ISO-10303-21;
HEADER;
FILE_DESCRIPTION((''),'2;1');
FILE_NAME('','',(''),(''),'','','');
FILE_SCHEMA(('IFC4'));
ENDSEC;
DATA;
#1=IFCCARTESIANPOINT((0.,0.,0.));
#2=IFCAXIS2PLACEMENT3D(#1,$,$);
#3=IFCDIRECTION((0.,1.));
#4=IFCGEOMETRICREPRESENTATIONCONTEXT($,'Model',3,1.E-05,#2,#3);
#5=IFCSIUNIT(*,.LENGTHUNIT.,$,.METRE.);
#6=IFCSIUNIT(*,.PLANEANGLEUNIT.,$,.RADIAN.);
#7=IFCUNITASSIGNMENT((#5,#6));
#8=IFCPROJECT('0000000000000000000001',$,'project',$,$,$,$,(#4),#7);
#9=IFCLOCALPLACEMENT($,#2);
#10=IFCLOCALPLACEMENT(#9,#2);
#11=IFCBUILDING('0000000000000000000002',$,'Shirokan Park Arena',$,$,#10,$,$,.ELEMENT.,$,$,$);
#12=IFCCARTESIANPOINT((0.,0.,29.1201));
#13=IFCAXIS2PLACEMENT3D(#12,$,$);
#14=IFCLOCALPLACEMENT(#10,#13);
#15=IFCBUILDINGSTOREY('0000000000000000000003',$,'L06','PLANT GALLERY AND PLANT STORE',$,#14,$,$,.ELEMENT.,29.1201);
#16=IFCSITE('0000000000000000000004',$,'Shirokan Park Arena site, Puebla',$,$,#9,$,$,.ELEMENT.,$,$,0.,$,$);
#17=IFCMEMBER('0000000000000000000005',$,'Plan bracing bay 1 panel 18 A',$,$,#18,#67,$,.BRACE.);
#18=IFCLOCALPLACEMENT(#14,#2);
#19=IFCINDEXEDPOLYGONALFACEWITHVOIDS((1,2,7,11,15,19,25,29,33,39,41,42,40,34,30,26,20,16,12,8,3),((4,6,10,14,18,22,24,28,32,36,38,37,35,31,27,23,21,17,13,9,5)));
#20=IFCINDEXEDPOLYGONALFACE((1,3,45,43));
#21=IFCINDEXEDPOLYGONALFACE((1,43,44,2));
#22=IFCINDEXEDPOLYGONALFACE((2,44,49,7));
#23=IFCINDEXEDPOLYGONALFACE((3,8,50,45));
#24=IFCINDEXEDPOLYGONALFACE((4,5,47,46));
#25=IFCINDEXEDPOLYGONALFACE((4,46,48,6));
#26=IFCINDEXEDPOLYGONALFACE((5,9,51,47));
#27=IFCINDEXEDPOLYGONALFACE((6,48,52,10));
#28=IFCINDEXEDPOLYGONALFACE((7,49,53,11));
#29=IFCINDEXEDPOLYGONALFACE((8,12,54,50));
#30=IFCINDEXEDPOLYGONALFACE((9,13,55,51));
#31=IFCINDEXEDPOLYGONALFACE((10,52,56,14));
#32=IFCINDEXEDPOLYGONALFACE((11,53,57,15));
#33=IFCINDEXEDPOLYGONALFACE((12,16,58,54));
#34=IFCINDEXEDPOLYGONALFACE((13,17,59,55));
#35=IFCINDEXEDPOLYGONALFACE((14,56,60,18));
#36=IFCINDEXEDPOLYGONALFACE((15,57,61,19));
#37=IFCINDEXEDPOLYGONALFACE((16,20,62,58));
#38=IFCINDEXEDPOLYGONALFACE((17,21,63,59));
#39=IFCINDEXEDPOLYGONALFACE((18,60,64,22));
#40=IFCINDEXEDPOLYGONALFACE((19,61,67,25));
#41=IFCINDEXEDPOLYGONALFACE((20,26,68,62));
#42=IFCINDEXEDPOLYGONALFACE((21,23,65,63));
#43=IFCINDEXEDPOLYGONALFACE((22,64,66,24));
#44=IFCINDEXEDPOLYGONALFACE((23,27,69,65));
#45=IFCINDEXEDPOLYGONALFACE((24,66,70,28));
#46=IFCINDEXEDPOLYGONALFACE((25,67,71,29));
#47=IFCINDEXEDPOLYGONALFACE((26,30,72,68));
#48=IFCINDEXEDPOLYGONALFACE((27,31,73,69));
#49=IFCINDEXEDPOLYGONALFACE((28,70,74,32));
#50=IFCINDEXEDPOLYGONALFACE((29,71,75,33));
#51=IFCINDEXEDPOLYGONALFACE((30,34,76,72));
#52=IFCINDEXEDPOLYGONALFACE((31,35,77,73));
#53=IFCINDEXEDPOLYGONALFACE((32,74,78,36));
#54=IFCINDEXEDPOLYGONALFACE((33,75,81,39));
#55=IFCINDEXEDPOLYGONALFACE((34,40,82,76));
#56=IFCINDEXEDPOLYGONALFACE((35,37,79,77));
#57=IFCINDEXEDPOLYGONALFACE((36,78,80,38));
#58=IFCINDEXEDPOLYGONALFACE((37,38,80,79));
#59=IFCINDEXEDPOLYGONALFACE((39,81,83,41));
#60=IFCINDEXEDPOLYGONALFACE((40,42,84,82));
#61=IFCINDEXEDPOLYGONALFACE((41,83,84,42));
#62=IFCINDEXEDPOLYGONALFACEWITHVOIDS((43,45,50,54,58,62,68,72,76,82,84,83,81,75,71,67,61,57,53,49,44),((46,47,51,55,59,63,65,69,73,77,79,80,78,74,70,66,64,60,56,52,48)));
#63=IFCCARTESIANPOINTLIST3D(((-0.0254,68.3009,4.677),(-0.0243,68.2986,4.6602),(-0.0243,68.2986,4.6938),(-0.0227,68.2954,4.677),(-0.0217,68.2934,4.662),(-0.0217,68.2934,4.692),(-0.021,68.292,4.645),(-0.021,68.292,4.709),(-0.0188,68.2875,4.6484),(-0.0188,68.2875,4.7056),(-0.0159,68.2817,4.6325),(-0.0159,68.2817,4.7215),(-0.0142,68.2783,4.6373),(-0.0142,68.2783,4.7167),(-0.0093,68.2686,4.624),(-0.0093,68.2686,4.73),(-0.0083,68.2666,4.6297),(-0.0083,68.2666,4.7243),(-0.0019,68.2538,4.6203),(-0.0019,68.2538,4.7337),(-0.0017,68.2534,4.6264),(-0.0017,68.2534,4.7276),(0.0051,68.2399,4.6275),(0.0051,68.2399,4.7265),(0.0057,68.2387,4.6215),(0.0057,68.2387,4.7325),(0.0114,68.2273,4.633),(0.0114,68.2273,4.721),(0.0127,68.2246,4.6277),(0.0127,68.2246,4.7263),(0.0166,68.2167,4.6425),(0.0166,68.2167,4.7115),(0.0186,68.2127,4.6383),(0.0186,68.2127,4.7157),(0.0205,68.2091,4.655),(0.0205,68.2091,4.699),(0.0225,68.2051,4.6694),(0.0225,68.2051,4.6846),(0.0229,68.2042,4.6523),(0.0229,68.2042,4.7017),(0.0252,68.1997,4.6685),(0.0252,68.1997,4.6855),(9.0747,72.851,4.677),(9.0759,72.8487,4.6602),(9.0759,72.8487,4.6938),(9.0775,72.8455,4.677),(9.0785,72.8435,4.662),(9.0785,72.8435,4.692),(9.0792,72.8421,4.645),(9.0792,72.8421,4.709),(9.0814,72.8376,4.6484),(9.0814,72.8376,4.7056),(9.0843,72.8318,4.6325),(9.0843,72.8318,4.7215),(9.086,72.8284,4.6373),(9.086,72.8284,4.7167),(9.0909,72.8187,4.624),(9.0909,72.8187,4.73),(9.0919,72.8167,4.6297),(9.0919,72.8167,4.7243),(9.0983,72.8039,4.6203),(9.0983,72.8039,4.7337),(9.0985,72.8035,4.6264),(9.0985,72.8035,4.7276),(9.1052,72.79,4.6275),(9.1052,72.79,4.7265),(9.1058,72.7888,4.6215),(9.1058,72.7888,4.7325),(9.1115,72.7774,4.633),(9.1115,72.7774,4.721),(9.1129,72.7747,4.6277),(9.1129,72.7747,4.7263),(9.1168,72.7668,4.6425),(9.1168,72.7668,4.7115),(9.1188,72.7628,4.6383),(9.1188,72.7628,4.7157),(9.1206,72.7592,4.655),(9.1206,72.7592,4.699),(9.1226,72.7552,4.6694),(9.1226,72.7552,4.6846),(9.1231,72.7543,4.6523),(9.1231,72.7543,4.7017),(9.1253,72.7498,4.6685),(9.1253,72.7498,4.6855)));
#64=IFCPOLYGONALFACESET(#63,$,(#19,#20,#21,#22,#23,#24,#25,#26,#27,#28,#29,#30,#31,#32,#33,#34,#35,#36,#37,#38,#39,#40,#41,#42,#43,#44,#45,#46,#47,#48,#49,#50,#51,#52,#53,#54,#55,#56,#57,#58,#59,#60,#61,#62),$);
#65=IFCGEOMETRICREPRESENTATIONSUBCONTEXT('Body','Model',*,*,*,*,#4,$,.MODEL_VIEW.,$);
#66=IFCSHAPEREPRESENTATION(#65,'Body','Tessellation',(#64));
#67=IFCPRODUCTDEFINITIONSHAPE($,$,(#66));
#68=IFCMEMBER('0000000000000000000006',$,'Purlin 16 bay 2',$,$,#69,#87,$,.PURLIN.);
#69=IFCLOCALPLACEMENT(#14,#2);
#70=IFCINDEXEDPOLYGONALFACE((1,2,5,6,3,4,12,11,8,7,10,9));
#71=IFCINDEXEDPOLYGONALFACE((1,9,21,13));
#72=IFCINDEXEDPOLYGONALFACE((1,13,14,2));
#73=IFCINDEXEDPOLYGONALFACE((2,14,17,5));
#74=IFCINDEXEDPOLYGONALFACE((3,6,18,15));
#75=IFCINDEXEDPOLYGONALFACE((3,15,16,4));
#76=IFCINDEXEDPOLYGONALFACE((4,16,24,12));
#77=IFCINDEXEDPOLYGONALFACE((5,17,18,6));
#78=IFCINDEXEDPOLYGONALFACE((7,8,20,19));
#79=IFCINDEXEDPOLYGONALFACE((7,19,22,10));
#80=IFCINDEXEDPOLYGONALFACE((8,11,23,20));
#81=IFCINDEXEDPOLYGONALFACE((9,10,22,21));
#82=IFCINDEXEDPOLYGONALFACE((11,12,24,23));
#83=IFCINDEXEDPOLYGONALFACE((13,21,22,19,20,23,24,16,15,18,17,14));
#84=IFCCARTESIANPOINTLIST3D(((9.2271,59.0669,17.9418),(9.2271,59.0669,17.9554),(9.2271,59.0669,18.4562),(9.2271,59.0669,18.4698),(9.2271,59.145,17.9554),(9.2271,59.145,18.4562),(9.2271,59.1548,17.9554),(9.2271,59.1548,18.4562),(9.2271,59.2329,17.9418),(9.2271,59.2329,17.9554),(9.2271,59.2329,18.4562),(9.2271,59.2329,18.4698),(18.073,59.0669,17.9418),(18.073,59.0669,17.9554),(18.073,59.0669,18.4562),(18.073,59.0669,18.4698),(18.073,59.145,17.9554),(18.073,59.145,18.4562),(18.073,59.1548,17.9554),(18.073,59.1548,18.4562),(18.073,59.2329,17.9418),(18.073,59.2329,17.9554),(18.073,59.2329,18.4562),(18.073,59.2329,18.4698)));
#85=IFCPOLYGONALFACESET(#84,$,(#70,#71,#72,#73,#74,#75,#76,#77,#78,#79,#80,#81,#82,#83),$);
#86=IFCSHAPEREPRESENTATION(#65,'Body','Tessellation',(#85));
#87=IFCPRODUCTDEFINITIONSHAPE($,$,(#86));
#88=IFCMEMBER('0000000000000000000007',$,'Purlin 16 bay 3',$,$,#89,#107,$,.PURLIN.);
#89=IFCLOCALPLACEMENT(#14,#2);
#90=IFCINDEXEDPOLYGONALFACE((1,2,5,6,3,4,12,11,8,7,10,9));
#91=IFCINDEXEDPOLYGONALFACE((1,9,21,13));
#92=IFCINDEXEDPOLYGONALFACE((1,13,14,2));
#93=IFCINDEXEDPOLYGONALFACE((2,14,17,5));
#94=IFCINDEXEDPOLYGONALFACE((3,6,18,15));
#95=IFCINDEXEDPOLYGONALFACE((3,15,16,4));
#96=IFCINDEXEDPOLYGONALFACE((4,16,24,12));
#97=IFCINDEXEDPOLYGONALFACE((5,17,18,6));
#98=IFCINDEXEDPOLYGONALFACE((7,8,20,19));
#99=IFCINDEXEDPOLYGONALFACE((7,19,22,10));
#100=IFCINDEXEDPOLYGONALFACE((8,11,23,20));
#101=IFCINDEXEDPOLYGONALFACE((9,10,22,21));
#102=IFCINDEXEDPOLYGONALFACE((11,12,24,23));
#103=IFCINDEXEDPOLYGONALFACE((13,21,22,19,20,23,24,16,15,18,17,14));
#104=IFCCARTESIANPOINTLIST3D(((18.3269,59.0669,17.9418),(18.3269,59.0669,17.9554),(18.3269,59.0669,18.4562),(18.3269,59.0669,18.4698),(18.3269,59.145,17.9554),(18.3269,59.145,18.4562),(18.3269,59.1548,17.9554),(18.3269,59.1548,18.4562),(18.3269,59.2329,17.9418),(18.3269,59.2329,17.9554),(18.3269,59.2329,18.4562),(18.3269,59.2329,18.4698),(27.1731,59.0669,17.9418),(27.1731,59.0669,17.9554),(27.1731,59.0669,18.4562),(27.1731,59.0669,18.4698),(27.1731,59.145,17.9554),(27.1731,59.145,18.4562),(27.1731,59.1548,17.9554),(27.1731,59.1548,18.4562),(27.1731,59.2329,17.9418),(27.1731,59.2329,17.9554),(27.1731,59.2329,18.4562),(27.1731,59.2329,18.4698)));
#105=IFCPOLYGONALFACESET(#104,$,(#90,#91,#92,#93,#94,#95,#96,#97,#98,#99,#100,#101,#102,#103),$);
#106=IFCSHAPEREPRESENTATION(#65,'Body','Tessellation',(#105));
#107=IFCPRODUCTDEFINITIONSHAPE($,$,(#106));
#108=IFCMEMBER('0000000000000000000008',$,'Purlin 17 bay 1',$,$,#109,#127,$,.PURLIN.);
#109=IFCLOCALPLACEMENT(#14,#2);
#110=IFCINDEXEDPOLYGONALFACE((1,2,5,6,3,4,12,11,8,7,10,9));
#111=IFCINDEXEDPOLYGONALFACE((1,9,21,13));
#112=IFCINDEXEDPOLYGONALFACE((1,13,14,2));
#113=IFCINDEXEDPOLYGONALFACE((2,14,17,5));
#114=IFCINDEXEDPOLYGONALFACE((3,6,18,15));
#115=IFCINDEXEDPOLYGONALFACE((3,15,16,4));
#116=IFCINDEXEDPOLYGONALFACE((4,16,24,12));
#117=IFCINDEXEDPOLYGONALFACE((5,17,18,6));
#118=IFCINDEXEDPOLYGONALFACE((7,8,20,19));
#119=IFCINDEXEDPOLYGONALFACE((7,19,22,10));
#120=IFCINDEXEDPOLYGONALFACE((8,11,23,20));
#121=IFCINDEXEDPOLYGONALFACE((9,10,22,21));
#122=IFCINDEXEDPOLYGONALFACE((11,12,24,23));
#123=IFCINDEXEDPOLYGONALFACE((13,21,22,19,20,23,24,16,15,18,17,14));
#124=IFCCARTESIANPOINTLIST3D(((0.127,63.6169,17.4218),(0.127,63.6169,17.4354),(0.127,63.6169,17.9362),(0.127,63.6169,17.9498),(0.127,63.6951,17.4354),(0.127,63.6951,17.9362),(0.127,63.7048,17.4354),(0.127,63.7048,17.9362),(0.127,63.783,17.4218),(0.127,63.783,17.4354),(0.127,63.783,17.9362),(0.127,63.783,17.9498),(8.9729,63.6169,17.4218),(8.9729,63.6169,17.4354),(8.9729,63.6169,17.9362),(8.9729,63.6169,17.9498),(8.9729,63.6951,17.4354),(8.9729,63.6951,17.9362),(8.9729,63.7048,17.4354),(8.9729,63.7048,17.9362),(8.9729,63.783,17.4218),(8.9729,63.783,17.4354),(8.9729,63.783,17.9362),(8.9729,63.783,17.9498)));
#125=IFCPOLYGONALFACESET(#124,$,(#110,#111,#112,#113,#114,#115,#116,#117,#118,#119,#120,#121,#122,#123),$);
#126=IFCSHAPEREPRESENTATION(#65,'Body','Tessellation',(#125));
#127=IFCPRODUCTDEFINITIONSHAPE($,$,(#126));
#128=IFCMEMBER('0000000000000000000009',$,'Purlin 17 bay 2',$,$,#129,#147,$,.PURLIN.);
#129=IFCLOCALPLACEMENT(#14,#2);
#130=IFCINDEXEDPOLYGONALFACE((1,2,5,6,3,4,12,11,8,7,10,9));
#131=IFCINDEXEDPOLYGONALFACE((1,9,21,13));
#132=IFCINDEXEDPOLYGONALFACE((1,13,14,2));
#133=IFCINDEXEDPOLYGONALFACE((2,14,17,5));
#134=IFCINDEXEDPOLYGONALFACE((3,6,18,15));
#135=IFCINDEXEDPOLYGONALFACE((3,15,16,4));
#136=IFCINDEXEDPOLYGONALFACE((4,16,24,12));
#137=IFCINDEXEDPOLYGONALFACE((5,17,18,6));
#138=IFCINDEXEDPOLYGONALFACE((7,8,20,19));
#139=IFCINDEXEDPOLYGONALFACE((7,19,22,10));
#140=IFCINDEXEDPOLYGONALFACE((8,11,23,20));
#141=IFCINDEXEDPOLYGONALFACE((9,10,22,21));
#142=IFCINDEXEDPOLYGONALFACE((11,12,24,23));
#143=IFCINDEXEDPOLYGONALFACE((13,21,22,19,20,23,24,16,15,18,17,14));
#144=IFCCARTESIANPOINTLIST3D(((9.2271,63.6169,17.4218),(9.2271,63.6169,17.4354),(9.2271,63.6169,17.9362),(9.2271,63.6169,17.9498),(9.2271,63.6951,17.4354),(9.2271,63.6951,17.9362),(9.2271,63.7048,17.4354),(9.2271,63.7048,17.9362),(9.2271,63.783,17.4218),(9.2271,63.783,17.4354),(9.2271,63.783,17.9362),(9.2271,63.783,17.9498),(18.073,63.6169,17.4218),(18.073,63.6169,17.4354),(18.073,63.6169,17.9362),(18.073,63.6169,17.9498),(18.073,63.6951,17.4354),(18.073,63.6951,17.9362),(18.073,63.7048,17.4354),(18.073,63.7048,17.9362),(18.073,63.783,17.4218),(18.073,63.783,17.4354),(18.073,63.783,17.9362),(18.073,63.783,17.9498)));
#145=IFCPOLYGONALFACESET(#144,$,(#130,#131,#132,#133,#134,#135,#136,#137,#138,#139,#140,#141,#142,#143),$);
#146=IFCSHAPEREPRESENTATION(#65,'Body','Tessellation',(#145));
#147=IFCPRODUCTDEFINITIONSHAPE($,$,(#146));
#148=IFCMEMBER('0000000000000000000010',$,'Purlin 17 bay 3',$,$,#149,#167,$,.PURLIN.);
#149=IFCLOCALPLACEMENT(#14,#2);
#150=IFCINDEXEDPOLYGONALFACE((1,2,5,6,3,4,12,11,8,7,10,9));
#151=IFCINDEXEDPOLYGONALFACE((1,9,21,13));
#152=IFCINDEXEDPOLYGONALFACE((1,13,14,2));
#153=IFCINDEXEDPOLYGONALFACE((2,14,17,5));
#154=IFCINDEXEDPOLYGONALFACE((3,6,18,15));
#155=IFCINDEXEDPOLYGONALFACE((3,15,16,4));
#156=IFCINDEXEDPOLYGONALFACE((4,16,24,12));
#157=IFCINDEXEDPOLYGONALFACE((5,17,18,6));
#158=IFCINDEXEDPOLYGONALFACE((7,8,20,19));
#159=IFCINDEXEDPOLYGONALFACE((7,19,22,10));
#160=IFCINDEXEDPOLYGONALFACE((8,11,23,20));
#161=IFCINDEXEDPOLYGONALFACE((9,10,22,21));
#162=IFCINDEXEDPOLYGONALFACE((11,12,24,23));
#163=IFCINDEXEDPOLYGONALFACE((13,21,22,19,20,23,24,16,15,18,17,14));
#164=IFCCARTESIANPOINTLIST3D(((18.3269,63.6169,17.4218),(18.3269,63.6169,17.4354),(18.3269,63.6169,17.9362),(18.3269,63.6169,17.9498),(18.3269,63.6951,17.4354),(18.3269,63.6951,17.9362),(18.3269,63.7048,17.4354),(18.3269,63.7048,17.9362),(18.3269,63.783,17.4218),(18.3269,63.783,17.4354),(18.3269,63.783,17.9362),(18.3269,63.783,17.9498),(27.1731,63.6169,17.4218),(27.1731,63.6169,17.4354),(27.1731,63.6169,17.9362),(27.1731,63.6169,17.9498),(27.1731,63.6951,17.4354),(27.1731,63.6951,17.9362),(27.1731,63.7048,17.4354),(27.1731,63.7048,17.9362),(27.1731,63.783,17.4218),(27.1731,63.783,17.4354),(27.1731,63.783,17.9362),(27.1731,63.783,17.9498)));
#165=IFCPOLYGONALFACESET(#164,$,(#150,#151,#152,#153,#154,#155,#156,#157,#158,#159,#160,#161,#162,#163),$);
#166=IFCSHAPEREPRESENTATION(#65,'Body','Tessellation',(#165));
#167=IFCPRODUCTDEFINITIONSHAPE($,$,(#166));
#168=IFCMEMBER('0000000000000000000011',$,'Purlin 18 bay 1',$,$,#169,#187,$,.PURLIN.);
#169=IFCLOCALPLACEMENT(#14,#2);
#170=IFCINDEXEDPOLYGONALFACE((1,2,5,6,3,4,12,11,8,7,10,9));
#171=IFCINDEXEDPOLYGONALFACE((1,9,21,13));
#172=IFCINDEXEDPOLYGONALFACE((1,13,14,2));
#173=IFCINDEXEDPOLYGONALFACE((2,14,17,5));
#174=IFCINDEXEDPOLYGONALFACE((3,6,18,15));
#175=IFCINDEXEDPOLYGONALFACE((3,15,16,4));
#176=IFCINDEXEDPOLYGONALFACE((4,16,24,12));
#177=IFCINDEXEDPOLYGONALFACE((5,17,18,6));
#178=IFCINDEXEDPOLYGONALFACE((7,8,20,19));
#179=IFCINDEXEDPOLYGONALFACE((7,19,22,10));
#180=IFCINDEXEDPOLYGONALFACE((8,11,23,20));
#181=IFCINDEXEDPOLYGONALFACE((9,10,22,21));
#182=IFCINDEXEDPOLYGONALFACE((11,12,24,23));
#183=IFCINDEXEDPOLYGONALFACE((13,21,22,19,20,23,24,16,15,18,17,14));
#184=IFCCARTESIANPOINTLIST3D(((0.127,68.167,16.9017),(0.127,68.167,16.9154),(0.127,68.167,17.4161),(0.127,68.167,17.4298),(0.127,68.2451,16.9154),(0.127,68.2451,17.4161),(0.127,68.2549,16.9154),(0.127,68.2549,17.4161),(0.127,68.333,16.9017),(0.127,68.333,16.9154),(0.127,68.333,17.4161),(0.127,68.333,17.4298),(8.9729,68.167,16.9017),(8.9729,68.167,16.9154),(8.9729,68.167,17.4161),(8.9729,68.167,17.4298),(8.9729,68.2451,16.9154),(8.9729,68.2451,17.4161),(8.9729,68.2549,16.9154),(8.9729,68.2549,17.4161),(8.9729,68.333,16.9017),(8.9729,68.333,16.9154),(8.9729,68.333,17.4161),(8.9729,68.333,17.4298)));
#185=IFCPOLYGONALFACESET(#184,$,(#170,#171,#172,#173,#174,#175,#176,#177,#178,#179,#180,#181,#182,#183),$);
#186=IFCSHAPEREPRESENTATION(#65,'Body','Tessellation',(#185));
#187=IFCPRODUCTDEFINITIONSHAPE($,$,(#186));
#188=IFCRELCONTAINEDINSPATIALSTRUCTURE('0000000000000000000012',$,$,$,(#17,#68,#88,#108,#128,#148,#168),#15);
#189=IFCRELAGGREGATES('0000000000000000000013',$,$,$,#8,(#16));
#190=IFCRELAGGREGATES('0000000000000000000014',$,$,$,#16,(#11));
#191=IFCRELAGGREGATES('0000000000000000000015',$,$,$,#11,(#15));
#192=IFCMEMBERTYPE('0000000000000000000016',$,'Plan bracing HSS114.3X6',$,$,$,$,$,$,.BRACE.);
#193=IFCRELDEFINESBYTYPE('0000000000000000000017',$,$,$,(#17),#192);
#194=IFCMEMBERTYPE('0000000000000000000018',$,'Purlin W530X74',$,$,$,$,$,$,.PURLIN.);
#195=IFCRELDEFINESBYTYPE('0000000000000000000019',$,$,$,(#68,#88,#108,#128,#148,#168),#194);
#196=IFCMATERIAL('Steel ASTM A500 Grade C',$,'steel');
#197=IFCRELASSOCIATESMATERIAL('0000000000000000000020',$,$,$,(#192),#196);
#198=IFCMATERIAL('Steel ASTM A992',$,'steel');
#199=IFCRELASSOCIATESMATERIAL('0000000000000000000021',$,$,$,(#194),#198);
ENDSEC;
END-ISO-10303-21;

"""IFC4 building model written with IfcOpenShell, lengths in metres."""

from ifc_helpers import new_model, si_unit, direction, frame, origin, origin_2d, place, context, subcontext, project, spatial, hollow_circle, i_section, extrude, material, material_profile, profile_set, type_object, element, save


model = new_model("IFC4")

# Units and contexts
model_context = context("Model", 3, precision=1e-05, world=origin(), true_north=direction((0.0, 1.0)))
body_context = subcontext(model_context, "Body", "Model", "MODEL_VIEW")
ifc_project = project(units=[si_unit("LENGTHUNIT", "METRE"), si_unit("PLANEANGLEUNIT", "RADIAN")], contexts=[model_context])

# Site, building, storey
site_placement = place(None, origin())
site = spatial("IfcSite", under=ifc_project, at=site_placement, Name="Shirokan Park Arena site, Puebla", CompositionType="ELEMENT", RefElevation=0.0)
building_placement = place(site_placement, origin())
building = spatial("IfcBuilding", under=site, at=building_placement, Name="Shirokan Park Arena", CompositionType="ELEMENT")
storey_placement = place(building_placement, frame((0.0, 0.0, 29.1201)))
storey = spatial("IfcBuildingStorey", under=building, at=storey_placement, Name="L06", Description="PLANT GALLERY AND PLANT STORE", CompositionType="ELEMENT", Elevation=29.1201)

# Members
ifc_material_1 = material(Name="Steel ASTM A500 Grade C", Category="steel")
ifc_material_profile_1 = material_profile(ifc_material_1, hollow_circle(Radius=0.0569, WallThickness=0.0061, at=origin_2d()), Name="HSS114.3X6")
ifc_profile_set_1 = profile_set([ifc_material_profile_1], Name="Steel ASTM A500 Grade C")
member_type_1 = type_object("IfcMemberType", Name="Plan bracing HSS114.3X6", PredefinedType="BRACE", material=ifc_profile_set_1)
for number, where, z_axis, x_axis, name in (
    (1, (0.0, 68.25, 4.677), (0.894427, 0.447214, 0.0), (-0.447214, 0.894427, 0.0), "Plan bracing bay 1 panel 18 A"),
):
    element("IfcMember", number, at=place(storey_placement, frame(where, z_axis=z_axis, x_axis=x_axis)), inside=storey, type_object=member_type_1, Name=name, PredefinedType="BRACE", context=body_context, shape_type="SweptSolid", body=[
        extrude(hollow_circle(Radius=0.0569, WallThickness=0.0061, at=origin_2d()), origin(), (0.0, 0.0, 1.0), 10.1743),
    ])
ifc_material_2 = material(Name="Steel ASTM A992", Category="steel")
ifc_material_profile_2 = material_profile(ifc_material_2, i_section(OverallWidth=0.166, OverallDepth=0.5281, WebThickness=0.0098, FlangeThickness=0.0137, at=origin_2d()), Name="W530X74")
ifc_profile_set_2 = profile_set([ifc_material_profile_2], Name="Steel ASTM A992")
member_type_2 = type_object("IfcMemberType", Name="Purlin W530X74", PredefinedType="PURLIN", material=ifc_profile_set_2)
member_1_placement = place(storey_placement, frame((9.2271, 59.1499, 18.2058), z_axis=(1.0, 0.0, 0.0), x_axis=(0.0, 1.0, 0.0)))
element("IfcMember", 2, at=member_1_placement, inside=storey, type_object=member_type_2, Name="Purlin 16 bay 2", PredefinedType="PURLIN", context=body_context, shape_type="SweptSolid", body=[
    extrude(i_section(OverallWidth=0.166, OverallDepth=0.5281, WebThickness=0.0098, FlangeThickness=0.0137, at=origin_2d()), origin(), (0.0, 0.0, 1.0), 8.8459),
])
member_2_placement = place(storey_placement, frame((18.3269, 59.1499, 18.2058), z_axis=(1.0, 0.0, 0.0), x_axis=(0.0, 1.0, 0.0)))
element("IfcMember", 3, at=member_2_placement, inside=storey, type_object=member_type_2, Name="Purlin 16 bay 3", PredefinedType="PURLIN", context=body_context, shape_type="SweptSolid", body=[
    extrude(i_section(OverallWidth=0.166, OverallDepth=0.5281, WebThickness=0.0098, FlangeThickness=0.0137, at=origin_2d()), origin(), (0.0, 0.0, 1.0), 8.8462),
])
for number, where, z_axis, x_axis, name in (
    (4, (0.127, 63.7, 17.6858), (1.0, 0.0, 0.0), (0.0, 1.0, 0.0), "Purlin 17 bay 1"),
    (5, (9.2271, 63.7, 17.6858), (1.0, 0.0, 0.0), (0.0, 1.0, 0.0), "Purlin 17 bay 2"),
):
    element("IfcMember", number, at=place(storey_placement, frame(where, z_axis=z_axis, x_axis=x_axis)), inside=storey, type_object=member_type_2, Name=name, PredefinedType="PURLIN", context=body_context, shape_type="SweptSolid", body=[
        extrude(i_section(OverallWidth=0.166, OverallDepth=0.5281, WebThickness=0.0098, FlangeThickness=0.0137, at=origin_2d()), origin(), (0.0, 0.0, 1.0), 8.8459),
    ])
member_3_placement = place(storey_placement, frame((18.3269, 63.7, 17.6858), z_axis=(1.0, 0.0, 0.0), x_axis=(0.0, 1.0, 0.0)))
element("IfcMember", 6, at=member_3_placement, inside=storey, type_object=member_type_2, Name="Purlin 17 bay 3", PredefinedType="PURLIN", context=body_context, shape_type="SweptSolid", body=[
    extrude(i_section(OverallWidth=0.166, OverallDepth=0.5281, WebThickness=0.0098, FlangeThickness=0.0137, at=origin_2d()), origin(), (0.0, 0.0, 1.0), 8.8462),
])
member_4_placement = place(storey_placement, frame((0.127, 68.25, 17.1658), z_axis=(1.0, 0.0, 0.0), x_axis=(0.0, 1.0, 0.0)))
element("IfcMember", 7, at=member_4_placement, inside=storey, type_object=member_type_2, Name="Purlin 18 bay 1", PredefinedType="PURLIN", context=body_context, shape_type="SweptSolid", body=[
    extrude(i_section(OverallWidth=0.166, OverallDepth=0.5281, WebThickness=0.0098, FlangeThickness=0.0137, at=origin_2d()), origin(), (0.0, 0.0, 1.0), 8.8459),
])

save(model, "model.ifc")
